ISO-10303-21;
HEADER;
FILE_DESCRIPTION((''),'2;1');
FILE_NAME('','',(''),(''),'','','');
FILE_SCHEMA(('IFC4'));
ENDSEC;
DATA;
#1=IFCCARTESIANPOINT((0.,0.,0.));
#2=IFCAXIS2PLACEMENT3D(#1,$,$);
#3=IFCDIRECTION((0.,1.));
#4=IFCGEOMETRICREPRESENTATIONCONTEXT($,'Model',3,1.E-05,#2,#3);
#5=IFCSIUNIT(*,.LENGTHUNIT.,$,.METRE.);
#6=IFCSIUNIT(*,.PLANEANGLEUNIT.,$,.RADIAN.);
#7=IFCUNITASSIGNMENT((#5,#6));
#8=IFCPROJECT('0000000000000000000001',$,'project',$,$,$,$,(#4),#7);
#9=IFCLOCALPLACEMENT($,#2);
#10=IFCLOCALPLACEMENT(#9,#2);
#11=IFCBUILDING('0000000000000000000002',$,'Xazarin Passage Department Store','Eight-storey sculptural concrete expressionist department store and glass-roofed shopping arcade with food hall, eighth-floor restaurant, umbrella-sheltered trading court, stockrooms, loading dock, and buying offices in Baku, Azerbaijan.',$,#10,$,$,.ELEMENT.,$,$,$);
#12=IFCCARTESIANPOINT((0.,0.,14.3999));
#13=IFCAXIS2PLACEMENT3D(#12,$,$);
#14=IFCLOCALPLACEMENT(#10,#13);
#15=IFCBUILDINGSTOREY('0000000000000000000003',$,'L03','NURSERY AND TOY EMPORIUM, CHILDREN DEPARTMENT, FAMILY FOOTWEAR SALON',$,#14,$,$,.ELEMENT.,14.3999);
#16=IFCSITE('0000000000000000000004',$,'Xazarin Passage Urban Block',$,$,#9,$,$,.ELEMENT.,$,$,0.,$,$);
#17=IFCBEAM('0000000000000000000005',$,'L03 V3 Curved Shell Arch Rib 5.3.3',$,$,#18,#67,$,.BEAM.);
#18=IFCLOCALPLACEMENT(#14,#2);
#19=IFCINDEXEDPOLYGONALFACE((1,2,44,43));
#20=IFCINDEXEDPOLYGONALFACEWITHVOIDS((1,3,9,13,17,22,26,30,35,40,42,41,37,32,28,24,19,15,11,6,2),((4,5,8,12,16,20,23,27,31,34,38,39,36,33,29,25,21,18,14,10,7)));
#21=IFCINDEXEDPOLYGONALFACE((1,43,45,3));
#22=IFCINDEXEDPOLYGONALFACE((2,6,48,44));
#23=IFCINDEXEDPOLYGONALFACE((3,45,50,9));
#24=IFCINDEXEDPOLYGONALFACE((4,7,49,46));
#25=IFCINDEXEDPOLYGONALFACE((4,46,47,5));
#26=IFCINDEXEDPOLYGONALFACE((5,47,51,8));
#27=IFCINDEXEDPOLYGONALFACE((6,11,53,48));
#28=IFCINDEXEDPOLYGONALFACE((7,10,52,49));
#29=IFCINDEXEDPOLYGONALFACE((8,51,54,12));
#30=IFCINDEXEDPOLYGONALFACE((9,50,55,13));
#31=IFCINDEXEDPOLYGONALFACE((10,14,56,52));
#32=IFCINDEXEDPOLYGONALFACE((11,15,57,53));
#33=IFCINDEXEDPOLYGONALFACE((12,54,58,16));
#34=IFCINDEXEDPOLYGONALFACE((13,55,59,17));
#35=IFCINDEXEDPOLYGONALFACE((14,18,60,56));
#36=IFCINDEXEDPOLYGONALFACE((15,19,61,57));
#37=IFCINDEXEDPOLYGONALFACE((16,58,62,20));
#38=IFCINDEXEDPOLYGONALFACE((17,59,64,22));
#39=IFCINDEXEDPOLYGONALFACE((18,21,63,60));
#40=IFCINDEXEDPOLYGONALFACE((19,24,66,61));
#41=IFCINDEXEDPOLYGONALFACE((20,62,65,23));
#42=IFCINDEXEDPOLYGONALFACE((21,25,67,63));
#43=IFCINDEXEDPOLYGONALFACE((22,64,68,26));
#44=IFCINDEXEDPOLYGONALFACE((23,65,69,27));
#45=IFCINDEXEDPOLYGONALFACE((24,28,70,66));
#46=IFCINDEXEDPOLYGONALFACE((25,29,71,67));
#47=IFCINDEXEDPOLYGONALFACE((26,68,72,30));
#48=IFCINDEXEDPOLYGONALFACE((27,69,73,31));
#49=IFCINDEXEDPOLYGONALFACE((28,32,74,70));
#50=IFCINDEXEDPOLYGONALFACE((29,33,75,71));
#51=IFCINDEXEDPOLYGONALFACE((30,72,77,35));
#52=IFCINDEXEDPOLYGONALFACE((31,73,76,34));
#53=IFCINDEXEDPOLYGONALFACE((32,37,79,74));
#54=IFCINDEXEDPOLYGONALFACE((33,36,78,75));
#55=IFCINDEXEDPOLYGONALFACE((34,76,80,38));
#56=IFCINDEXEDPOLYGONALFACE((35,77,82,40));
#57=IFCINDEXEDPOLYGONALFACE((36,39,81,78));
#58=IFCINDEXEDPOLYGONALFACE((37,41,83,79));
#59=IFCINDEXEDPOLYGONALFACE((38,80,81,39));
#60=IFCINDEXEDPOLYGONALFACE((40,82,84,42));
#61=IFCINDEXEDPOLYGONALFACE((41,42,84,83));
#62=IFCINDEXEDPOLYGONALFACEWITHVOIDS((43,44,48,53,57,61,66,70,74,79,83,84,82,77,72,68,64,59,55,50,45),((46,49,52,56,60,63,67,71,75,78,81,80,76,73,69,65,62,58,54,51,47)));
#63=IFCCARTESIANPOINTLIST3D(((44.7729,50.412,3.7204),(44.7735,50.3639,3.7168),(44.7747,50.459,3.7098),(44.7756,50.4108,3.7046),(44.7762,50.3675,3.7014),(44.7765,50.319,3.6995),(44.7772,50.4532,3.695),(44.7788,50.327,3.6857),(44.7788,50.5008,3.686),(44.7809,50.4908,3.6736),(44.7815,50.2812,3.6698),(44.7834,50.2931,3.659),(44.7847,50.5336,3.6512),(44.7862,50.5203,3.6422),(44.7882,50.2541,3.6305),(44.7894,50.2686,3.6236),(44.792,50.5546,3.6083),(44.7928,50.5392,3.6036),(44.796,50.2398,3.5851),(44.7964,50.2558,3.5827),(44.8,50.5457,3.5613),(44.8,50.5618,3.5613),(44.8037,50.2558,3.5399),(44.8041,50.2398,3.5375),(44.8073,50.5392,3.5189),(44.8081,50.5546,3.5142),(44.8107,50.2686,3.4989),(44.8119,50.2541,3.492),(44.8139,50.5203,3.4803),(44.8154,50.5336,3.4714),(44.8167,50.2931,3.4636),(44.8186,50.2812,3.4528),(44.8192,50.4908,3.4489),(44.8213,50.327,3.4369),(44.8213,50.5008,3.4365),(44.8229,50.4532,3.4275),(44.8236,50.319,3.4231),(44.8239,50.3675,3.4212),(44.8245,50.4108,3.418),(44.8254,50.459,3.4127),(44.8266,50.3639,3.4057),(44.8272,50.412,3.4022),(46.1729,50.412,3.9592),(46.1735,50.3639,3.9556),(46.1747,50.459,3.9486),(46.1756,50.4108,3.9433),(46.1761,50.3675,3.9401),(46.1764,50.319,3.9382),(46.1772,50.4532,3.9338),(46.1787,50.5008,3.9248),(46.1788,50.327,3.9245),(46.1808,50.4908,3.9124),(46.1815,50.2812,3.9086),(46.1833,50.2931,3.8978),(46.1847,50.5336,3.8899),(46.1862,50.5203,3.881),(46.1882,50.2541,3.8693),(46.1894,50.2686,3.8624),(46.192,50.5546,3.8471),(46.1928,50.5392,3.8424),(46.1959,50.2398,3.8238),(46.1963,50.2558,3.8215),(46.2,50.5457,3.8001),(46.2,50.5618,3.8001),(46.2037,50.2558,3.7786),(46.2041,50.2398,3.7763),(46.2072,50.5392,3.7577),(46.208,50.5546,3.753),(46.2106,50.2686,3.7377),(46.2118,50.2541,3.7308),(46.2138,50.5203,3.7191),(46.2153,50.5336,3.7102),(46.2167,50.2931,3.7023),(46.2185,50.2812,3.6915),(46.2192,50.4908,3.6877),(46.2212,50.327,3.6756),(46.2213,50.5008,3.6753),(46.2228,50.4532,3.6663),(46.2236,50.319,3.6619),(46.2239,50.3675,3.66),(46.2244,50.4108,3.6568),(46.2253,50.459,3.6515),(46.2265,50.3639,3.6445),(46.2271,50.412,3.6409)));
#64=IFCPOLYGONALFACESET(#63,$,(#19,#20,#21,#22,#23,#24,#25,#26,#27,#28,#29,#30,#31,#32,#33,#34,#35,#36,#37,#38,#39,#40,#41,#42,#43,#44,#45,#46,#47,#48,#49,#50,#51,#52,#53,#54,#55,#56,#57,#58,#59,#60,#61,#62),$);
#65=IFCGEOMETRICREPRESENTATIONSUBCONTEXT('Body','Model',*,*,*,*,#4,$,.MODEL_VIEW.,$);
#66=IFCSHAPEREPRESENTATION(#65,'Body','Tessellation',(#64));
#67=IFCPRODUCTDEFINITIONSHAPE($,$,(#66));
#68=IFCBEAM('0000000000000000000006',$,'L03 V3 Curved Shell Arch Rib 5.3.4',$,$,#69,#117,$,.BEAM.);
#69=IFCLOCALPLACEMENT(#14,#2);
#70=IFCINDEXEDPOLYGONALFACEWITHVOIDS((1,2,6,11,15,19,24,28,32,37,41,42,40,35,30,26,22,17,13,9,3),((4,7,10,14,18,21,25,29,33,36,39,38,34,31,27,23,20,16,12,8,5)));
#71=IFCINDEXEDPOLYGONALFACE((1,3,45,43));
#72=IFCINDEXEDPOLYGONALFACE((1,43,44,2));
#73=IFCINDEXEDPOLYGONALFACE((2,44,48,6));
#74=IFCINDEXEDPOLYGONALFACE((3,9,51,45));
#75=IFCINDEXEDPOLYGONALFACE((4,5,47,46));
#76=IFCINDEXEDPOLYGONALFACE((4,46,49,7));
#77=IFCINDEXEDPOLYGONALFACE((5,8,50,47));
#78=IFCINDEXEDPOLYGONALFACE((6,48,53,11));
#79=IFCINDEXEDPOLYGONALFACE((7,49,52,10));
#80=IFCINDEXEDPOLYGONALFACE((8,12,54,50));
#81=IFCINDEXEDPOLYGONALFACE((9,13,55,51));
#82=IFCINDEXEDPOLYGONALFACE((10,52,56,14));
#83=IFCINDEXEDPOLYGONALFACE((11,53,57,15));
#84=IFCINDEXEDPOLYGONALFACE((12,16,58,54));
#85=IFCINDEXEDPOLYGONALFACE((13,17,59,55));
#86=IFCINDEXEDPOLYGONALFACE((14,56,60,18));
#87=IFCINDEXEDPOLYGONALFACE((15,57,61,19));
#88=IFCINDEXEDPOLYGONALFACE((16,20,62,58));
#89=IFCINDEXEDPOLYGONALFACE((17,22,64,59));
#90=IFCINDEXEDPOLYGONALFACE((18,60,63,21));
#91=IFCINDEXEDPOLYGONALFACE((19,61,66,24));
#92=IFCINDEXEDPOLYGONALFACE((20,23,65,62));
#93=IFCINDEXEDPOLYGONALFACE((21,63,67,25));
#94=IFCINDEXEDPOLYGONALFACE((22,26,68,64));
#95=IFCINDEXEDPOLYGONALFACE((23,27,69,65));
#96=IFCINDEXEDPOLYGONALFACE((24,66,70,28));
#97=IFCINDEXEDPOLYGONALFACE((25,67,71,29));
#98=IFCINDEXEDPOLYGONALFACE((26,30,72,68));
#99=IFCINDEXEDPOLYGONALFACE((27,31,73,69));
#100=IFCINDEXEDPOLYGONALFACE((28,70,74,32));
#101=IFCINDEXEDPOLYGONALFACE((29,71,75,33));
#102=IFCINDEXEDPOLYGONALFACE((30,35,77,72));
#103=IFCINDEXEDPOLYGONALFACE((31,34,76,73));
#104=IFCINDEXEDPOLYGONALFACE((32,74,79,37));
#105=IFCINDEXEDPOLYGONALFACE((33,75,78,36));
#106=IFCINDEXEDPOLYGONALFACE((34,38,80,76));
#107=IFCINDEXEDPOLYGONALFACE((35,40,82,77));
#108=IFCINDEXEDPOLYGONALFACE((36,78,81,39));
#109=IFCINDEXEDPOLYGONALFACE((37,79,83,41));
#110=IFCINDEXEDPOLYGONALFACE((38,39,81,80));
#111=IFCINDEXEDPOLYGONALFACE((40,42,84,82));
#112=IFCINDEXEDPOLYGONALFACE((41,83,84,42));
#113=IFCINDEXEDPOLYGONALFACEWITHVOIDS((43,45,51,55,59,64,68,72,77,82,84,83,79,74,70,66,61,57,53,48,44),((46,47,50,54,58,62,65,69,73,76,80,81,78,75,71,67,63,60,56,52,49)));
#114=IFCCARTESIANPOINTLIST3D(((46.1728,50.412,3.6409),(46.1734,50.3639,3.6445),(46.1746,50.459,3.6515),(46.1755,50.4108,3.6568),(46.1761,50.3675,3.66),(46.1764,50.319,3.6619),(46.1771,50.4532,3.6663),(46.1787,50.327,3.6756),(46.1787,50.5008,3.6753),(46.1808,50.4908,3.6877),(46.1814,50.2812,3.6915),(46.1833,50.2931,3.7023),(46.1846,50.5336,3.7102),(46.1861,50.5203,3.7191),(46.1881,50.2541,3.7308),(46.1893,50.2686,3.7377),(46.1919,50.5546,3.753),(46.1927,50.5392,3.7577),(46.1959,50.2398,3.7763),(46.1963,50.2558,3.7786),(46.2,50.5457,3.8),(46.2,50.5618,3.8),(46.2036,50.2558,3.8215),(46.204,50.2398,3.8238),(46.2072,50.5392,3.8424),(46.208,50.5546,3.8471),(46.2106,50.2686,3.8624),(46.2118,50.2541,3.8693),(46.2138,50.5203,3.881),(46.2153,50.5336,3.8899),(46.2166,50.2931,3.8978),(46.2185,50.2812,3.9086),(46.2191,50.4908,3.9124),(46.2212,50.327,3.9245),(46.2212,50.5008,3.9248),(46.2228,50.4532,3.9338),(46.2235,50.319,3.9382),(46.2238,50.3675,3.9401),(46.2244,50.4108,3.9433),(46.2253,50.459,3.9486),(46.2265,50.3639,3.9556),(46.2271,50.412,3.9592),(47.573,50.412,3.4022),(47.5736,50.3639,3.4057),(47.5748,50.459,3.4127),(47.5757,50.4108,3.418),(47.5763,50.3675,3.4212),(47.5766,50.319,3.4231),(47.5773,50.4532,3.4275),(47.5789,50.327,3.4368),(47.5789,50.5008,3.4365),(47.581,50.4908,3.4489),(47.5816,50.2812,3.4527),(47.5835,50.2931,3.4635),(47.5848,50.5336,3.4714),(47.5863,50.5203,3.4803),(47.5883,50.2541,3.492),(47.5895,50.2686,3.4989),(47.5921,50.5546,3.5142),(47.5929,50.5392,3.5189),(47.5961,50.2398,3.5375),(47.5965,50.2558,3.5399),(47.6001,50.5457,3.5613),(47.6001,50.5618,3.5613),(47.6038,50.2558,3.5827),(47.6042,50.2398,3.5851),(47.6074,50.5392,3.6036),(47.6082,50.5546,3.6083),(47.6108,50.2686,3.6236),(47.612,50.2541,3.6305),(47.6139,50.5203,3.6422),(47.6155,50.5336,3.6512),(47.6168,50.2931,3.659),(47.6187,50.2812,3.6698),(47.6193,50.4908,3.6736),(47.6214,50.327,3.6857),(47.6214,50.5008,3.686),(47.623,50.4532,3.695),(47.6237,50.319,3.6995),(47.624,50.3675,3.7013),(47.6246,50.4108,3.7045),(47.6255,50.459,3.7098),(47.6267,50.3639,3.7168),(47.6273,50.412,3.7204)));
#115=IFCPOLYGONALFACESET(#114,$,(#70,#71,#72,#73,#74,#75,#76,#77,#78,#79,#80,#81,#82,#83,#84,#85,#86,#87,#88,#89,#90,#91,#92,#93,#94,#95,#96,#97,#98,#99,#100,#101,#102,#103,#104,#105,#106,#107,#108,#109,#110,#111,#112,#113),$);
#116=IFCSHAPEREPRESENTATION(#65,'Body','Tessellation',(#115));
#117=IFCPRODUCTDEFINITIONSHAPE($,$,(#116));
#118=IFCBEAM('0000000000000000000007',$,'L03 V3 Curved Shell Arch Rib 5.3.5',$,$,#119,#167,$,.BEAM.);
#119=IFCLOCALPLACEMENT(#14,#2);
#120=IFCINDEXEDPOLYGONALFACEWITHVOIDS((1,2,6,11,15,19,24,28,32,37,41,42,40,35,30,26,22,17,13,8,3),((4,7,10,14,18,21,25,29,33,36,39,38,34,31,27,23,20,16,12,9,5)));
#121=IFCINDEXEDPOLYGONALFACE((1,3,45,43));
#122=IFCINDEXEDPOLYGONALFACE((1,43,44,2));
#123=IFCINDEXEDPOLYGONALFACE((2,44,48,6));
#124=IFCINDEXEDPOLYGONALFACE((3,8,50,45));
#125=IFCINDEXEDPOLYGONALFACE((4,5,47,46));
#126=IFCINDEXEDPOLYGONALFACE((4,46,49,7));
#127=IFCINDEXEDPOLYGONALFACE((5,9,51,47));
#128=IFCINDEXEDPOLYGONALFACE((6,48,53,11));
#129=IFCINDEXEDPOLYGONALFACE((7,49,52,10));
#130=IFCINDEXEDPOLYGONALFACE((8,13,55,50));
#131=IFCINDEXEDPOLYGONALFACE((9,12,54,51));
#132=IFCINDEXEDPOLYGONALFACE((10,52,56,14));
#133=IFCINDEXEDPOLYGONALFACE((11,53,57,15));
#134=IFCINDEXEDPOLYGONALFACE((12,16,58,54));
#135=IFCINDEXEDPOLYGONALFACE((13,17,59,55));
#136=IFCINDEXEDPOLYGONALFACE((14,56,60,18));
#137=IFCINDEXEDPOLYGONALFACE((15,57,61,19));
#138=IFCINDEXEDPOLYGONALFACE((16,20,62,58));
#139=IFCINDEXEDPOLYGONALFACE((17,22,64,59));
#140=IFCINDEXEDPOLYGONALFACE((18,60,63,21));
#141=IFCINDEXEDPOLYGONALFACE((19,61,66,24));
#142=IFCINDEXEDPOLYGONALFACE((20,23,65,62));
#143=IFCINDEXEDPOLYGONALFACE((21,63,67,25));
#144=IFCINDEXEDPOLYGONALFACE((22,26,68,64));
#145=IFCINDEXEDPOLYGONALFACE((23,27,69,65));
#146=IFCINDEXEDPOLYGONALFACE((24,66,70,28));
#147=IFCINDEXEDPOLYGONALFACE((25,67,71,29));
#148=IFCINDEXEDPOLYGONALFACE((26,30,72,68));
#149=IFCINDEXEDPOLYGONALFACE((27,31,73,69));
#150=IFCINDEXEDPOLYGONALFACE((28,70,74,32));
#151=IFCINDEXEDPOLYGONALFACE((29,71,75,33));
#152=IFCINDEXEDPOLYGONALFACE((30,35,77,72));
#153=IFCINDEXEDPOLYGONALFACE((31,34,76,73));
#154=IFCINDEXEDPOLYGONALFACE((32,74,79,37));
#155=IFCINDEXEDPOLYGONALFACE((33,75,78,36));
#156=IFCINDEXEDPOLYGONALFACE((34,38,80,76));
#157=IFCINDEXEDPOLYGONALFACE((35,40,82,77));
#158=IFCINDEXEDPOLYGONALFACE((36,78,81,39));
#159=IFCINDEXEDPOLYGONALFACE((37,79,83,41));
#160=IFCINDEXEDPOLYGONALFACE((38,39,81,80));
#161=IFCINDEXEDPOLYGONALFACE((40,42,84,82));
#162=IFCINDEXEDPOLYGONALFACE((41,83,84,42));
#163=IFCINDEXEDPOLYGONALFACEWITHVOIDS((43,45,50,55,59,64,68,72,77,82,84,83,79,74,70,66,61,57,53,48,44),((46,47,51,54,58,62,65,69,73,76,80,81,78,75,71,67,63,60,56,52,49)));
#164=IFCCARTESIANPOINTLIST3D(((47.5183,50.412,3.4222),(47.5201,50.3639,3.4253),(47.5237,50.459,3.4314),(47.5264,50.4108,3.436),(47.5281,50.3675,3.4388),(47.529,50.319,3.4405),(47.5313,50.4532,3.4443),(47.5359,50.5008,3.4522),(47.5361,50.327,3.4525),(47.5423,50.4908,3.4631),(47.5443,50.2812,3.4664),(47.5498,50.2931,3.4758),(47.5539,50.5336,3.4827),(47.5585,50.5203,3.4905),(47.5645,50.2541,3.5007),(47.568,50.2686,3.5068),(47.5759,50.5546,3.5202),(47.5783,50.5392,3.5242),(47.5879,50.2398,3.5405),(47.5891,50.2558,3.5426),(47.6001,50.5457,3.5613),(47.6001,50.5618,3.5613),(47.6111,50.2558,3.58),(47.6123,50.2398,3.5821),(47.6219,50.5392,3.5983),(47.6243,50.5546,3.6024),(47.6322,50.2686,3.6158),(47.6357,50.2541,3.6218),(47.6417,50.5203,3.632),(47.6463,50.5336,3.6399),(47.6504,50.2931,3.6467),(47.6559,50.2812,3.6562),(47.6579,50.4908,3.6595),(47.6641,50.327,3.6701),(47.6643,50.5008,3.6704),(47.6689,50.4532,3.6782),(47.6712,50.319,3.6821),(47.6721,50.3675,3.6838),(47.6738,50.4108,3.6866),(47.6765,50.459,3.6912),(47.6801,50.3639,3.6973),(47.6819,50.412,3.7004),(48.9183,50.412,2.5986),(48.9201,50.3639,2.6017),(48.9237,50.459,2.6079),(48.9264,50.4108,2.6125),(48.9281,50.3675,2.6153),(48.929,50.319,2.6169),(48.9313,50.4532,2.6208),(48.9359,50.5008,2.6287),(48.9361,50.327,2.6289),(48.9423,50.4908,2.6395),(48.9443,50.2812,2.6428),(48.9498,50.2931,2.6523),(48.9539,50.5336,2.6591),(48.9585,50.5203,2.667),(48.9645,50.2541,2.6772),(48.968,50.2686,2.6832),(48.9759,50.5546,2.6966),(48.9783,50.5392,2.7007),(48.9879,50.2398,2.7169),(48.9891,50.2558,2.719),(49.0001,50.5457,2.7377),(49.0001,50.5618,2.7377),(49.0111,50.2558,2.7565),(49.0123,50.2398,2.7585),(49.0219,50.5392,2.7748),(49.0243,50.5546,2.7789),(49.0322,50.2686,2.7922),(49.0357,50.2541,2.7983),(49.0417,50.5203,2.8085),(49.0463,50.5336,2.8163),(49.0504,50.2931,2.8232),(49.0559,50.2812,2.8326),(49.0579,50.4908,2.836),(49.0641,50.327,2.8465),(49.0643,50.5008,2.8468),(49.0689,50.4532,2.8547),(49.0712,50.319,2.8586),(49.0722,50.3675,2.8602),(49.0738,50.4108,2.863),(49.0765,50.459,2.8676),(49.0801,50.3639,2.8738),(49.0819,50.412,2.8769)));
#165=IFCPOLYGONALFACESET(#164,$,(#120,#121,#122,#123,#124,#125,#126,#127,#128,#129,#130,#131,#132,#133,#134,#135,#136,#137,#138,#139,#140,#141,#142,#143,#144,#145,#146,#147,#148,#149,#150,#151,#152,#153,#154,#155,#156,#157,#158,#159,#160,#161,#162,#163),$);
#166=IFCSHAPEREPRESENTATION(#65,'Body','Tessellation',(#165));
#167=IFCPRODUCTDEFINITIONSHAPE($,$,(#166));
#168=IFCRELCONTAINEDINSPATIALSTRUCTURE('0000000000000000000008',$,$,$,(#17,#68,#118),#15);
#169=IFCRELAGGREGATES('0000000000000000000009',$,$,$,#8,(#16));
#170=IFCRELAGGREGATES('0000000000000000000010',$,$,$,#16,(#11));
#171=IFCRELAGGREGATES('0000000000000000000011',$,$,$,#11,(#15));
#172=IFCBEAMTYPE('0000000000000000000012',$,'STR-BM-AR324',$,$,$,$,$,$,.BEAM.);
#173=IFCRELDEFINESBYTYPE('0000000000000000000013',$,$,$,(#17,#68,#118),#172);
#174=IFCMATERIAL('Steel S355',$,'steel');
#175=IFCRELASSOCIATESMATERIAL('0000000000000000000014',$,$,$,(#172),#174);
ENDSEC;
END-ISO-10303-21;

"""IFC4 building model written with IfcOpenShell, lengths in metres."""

from ifc_helpers import new_model, si_unit, direction, frame, origin, origin_2d, place, context, subcontext, project, spatial, hollow_circle, extrude, material, material_profile, profile_set, type_object, element, save


model = new_model("IFC4")

# Units and contexts
model_context = context("Model", 3, precision=1e-05, world=origin(), true_north=direction((0.0, 1.0)))
body_context = subcontext(model_context, "Body", "Model", "MODEL_VIEW")
ifc_project = project(units=[si_unit("LENGTHUNIT", "METRE"), si_unit("PLANEANGLEUNIT", "RADIAN")], contexts=[model_context])

# Site, building, storey
site_placement = place(None, origin())
site = spatial("IfcSite", under=ifc_project, at=site_placement, Name="Xazarin Passage Urban Block", CompositionType="ELEMENT", RefElevation=0.0)
building_placement = place(site_placement, origin())
building = spatial("IfcBuilding", under=site, at=building_placement, Name="Xazarin Passage Department Store", Description="Eight-storey sculptural concrete expressionist department store and glass-roofed shopping arcade with food hall, eighth-floor restaurant, umbrella-sheltered trading court, stockrooms, loading dock, and buying offices in Baku, Azerbaijan.", CompositionType="ELEMENT")
storey_placement = place(building_placement, frame((0.0, 0.0, 14.3999)))
storey = spatial("IfcBuildingStorey", under=building, at=storey_placement, Name="L03", Description="NURSERY AND TOY EMPORIUM, CHILDREN DEPARTMENT, FAMILY FOOTWEAR SALON", CompositionType="ELEMENT", Elevation=14.3999)

# Beams
ifc_material_1 = material(Name="Steel S355", Category="steel")
ifc_material_profile_1 = material_profile(ifc_material_1, hollow_circle(Radius=0.1619, WallThickness=0.0161, at=origin_2d()), Name="CHS 323.9x16")
ifc_profile_set_1 = profile_set([ifc_material_profile_1], Name="Steel S355")
beam_type_1 = type_object("IfcBeamType", Name="STR-BM-AR324", PredefinedType="BEAM", material=ifc_profile_set_1)
beam_1_placement = place(storey_placement, frame((44.8, 50.3999, 3.5613), z_axis=(0.985764, 0.0, 0.168133), x_axis=(0.0, 1.0, 0.0)))
element("IfcBeam", 1, at=beam_1_placement, inside=storey, type_object=beam_type_1, Name="L03 V3 Curved Shell Arch Rib 5.3.3", PredefinedType="BEAM", context=body_context, shape_type="SweptSolid", body=[
    extrude(hollow_circle(Radius=0.1619, WallThickness=0.0161, at=origin_2d()), origin(), (0.0, 0.0, 1.0), 1.4202),
])
beam_2_placement = place(storey_placement, frame((46.2, 50.3999, 3.8), z_axis=(0.985769, 0.0, -0.168105), x_axis=(0.0, 1.0, 0.0)))
element("IfcBeam", 2, at=beam_2_placement, inside=storey, type_object=beam_type_1, Name="L03 V3 Curved Shell Arch Rib 5.3.4", PredefinedType="BEAM", context=body_context, shape_type="SweptSolid", body=[
    extrude(hollow_circle(Radius=0.1619, WallThickness=0.0161, at=origin_2d()), origin(), (0.0, 0.0, 1.0), 1.4204),
])
beam_3_placement = place(storey_placement, frame((47.6001, 50.3999, 3.5613), z_axis=(0.86193, 0.0, -0.507027), x_axis=(0.0, 1.0, 0.0)))
element("IfcBeam", 3, at=beam_3_placement, inside=storey, type_object=beam_type_1, Name="L03 V3 Curved Shell Arch Rib 5.3.5", PredefinedType="BEAM", context=body_context, shape_type="SweptSolid", body=[
    extrude(hollow_circle(Radius=0.1619, WallThickness=0.0161, at=origin_2d()), origin(), (0.0, 0.0, 1.0), 1.6243),
])

save(model, "model.ifc")
